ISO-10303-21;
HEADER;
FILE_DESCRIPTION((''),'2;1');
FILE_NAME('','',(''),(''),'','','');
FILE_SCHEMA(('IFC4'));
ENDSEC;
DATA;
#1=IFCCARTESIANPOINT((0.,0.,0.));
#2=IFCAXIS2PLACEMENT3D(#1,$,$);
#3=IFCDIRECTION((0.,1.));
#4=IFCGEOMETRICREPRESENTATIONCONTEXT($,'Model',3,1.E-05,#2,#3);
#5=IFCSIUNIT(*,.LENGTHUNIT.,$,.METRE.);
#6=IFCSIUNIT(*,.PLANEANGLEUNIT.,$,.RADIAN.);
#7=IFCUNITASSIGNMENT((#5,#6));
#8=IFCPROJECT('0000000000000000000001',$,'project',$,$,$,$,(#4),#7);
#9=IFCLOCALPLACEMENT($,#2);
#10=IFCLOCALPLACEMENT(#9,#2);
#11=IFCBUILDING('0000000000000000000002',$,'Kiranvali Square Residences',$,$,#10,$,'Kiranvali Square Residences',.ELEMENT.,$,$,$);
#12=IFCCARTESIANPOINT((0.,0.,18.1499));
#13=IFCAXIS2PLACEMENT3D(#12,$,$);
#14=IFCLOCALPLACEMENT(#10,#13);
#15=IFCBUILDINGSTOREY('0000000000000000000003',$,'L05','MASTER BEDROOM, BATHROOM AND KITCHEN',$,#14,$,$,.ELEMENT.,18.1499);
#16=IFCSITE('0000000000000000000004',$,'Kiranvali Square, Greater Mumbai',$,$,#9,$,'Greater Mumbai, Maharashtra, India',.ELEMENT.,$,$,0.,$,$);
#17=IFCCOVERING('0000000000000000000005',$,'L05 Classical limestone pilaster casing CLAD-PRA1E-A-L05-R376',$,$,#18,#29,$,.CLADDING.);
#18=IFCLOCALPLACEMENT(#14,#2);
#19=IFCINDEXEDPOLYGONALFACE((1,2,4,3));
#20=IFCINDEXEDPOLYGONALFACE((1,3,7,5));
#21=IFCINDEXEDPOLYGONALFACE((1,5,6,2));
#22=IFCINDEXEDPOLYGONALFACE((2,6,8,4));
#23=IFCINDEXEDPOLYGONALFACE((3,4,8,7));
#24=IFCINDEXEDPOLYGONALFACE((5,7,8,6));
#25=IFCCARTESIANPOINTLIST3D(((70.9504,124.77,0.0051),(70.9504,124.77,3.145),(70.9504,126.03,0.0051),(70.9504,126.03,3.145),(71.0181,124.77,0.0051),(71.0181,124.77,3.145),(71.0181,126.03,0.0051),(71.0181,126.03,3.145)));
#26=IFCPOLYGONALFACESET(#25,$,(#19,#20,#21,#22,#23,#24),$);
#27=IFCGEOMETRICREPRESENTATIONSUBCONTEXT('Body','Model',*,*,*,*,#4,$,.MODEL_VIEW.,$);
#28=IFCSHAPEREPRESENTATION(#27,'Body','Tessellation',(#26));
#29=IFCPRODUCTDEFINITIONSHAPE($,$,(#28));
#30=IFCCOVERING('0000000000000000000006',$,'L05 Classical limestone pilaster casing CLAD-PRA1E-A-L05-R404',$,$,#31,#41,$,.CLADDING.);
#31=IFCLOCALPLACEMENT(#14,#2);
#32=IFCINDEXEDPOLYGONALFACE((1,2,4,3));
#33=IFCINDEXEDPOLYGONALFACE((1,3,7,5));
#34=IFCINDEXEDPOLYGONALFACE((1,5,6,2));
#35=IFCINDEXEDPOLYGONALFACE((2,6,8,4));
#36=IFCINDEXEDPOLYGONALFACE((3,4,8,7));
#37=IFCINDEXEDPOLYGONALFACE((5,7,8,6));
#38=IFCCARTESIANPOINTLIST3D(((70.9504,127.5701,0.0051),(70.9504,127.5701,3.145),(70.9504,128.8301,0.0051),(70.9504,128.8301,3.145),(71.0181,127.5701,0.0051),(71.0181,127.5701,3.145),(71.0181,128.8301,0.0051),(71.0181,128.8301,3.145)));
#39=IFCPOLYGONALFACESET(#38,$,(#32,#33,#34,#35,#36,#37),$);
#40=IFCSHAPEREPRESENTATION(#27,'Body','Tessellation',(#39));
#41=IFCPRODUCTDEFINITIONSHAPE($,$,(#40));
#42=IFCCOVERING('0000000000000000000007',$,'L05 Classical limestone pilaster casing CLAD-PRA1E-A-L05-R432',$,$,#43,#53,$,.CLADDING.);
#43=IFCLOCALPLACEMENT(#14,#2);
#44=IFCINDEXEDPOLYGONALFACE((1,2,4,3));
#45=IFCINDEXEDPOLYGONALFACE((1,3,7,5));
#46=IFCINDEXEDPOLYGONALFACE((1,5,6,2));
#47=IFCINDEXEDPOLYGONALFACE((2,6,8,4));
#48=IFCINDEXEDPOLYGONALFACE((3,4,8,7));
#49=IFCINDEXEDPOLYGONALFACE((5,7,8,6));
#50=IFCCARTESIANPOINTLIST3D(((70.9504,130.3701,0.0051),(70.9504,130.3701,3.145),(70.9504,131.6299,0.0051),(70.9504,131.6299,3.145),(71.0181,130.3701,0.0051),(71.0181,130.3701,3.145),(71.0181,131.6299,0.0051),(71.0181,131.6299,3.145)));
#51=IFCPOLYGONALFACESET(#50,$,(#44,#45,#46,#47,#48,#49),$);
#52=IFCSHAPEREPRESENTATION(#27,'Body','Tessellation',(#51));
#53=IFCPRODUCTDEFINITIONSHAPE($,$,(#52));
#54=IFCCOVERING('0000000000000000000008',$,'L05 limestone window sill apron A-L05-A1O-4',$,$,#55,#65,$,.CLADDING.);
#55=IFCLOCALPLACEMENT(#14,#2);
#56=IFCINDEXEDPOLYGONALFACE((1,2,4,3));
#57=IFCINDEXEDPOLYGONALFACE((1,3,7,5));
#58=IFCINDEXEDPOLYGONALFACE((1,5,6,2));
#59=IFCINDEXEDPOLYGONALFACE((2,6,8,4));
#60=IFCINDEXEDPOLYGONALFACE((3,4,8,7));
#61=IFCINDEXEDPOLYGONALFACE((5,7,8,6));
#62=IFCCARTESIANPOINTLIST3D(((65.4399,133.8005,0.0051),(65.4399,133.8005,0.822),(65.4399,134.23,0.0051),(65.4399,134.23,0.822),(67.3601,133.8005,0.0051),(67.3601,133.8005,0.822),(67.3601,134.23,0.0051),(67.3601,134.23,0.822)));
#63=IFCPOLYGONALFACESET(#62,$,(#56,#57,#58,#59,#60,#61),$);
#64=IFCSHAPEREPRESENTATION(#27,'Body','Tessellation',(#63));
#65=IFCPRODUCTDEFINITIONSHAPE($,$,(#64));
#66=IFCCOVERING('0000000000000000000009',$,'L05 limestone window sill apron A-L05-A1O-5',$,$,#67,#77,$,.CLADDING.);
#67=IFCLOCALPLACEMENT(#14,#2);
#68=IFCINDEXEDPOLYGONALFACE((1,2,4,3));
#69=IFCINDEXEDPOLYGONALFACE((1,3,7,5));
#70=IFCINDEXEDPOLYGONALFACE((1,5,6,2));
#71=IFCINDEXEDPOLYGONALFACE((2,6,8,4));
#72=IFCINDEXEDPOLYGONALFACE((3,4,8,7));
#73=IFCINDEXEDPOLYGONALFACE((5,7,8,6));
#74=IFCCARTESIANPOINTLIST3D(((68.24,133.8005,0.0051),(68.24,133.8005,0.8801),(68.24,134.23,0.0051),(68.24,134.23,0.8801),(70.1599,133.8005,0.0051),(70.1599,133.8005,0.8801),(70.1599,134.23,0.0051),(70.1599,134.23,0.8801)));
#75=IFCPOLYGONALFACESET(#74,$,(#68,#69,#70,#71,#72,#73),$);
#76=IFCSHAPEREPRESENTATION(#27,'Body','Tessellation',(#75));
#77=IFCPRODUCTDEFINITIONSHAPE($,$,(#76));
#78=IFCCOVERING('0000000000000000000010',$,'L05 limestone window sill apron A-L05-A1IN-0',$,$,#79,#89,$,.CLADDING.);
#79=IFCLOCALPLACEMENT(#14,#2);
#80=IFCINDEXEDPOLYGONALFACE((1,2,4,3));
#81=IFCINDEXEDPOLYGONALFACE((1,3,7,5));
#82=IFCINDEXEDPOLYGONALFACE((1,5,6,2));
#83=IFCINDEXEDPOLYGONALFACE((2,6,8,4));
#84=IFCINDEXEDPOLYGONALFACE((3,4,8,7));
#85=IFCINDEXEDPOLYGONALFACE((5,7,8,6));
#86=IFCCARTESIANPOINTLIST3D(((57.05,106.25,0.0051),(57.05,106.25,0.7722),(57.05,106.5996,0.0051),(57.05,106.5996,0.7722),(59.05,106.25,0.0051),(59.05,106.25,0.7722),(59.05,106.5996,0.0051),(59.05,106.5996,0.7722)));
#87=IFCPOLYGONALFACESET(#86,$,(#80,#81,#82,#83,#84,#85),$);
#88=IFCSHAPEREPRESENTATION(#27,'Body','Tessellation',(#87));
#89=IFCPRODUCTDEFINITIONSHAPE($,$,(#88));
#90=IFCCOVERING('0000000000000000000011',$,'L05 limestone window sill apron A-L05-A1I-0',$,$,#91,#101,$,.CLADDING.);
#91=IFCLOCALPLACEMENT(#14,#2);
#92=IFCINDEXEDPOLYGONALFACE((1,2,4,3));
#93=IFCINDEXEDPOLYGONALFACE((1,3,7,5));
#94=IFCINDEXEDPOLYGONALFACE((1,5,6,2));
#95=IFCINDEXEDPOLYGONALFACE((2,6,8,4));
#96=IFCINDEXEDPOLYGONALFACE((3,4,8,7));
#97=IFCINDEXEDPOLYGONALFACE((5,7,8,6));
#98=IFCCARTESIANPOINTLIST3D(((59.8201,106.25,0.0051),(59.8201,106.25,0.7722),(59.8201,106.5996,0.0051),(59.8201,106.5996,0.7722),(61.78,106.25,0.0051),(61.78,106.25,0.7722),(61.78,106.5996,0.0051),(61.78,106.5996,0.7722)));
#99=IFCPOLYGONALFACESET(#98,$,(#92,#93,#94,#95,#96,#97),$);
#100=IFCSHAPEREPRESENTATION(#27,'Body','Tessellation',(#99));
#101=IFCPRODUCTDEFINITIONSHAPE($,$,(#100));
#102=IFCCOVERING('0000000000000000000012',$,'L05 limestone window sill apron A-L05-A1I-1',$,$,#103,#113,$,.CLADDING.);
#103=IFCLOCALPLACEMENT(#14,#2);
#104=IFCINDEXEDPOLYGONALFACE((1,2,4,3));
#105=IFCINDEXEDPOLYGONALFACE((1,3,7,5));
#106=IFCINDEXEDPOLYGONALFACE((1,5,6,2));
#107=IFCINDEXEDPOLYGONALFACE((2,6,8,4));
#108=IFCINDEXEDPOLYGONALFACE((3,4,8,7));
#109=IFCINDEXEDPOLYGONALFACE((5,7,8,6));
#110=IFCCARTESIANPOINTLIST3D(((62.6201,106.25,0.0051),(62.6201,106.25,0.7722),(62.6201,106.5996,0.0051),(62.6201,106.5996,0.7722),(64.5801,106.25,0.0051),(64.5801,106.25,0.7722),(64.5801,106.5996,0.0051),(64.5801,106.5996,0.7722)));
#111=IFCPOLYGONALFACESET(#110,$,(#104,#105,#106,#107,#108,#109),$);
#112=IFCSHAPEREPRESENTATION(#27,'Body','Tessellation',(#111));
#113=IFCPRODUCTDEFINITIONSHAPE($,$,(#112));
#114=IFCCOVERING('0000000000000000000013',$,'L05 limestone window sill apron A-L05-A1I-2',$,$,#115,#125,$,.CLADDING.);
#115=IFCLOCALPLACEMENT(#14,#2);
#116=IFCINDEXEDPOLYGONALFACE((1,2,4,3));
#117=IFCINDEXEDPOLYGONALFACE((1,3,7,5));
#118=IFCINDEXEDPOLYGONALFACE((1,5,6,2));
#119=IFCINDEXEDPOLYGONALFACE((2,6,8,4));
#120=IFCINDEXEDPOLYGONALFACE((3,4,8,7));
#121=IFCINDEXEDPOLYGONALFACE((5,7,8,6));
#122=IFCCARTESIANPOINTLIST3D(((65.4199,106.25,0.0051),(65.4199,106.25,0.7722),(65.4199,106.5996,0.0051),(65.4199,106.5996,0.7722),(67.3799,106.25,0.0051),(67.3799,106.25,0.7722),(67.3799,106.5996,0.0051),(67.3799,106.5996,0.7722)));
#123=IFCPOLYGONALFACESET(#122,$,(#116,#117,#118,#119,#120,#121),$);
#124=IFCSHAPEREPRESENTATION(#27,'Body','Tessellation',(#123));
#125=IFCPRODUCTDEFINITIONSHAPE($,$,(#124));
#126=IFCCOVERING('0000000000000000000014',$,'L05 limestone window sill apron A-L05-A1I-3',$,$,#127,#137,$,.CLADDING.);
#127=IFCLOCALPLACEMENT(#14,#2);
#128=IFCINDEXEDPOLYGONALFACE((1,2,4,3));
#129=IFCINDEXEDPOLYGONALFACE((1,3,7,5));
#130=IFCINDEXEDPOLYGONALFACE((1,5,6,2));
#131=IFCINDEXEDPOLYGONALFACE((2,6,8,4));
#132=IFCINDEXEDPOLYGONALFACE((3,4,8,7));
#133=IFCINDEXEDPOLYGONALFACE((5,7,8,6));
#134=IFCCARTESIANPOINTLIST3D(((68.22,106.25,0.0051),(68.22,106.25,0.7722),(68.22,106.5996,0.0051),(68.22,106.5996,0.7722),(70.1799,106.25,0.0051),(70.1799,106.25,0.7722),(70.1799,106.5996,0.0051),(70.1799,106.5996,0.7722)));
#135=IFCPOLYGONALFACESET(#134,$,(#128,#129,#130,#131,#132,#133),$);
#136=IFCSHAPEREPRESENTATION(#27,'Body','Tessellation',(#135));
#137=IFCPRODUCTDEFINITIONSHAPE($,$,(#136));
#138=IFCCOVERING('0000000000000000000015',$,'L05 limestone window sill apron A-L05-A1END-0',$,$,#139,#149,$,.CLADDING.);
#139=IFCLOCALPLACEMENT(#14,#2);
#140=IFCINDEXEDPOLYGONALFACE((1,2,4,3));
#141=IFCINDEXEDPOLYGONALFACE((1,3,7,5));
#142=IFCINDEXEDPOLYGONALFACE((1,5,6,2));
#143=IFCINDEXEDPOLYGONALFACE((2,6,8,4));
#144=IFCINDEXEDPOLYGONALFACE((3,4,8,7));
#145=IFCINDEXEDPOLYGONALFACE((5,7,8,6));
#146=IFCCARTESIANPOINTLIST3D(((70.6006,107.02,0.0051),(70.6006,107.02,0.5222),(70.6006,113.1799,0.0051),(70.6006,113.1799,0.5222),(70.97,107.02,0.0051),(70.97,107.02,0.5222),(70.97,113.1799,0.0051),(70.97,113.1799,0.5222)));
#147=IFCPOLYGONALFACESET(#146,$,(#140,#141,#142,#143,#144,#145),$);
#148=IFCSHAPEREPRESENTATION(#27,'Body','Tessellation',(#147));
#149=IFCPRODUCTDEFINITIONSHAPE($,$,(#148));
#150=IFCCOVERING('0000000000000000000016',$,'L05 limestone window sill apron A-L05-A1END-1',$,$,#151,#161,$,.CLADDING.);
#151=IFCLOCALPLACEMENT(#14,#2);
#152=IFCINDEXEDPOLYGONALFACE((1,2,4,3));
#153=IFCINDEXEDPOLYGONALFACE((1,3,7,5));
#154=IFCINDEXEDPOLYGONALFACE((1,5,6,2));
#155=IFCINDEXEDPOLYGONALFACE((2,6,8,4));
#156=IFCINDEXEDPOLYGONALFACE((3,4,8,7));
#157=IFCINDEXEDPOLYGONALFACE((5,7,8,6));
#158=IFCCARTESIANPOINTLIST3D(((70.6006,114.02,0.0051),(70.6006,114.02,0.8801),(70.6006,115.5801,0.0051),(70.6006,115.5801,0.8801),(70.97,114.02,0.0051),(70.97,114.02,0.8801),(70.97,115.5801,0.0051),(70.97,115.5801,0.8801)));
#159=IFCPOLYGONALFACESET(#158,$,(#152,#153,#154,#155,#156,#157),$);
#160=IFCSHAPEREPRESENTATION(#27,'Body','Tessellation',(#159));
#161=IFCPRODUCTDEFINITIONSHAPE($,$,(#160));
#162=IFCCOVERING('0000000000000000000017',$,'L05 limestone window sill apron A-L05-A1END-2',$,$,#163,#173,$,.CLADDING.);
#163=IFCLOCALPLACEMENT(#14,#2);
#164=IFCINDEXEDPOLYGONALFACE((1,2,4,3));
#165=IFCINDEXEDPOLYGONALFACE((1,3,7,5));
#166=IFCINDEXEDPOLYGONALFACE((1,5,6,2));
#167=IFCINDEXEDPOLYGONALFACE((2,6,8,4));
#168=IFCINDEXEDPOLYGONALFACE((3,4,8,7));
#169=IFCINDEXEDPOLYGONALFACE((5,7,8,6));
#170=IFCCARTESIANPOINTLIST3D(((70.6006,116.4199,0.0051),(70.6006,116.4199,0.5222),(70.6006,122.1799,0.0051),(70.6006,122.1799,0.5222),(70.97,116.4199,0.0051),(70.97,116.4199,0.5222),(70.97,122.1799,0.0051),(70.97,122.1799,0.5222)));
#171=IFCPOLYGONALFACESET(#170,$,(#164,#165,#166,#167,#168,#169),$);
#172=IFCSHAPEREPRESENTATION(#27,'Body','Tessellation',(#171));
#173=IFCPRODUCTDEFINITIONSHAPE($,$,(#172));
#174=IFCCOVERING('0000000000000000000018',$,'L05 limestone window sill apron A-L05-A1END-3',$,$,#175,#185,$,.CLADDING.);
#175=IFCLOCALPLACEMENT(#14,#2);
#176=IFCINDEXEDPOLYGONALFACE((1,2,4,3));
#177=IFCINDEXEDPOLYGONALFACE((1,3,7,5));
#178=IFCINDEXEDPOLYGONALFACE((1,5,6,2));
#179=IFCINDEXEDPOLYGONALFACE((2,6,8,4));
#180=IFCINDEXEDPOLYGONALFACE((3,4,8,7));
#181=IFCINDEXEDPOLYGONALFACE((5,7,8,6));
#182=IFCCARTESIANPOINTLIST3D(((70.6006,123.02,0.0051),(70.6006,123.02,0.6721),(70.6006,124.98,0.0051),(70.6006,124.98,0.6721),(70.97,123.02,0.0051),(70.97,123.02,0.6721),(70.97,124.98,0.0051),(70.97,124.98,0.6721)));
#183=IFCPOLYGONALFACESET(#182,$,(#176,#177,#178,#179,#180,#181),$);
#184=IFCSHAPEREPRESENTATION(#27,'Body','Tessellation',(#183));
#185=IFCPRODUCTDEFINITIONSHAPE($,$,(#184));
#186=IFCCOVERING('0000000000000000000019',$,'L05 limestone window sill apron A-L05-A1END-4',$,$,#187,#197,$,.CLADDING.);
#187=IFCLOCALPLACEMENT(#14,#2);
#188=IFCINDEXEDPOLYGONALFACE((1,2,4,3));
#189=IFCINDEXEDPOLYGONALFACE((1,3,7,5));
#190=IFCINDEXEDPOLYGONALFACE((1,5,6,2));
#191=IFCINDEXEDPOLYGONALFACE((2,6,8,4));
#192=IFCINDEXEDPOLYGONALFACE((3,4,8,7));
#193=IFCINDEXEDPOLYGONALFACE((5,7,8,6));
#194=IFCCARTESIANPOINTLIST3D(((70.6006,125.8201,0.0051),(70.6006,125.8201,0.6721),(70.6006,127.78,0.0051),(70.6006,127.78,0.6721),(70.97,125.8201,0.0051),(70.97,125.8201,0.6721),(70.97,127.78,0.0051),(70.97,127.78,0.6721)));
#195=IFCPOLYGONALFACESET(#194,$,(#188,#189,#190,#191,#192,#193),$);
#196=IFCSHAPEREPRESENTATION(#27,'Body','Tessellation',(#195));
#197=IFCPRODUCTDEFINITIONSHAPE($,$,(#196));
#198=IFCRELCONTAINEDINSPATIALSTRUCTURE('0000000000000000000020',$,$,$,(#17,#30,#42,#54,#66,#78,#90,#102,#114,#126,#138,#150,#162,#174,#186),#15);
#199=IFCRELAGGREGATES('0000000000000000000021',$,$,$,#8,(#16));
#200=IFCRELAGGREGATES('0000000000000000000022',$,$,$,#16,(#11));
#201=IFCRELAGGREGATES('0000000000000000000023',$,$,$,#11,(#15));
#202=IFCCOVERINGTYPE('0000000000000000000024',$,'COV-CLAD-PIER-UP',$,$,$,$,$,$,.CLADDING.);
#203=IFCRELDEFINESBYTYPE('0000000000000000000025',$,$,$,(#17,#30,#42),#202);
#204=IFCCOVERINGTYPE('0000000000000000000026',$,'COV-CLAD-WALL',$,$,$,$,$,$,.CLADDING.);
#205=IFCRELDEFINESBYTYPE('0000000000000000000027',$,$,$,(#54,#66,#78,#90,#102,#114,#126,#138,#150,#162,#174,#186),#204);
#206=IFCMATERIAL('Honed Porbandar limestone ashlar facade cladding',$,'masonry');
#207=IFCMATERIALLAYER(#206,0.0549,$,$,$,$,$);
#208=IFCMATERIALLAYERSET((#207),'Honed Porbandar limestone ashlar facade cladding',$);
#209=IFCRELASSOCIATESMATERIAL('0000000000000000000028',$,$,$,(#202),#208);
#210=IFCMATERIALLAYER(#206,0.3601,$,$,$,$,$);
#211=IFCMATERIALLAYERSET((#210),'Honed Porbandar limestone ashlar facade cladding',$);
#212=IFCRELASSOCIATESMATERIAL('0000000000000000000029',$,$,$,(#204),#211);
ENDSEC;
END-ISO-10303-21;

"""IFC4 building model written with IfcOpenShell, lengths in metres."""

from ifc_helpers import new_model, si_unit, direction, frame, origin, place, context, subcontext, project, spatial, polyline, outline, extrude, material, layer, layer_set, type_object, element, save


model = new_model("IFC4")

# Units and contexts
model_context = context("Model", 3, precision=1e-05, world=origin(), true_north=direction((0.0, 1.0)))
body_context = subcontext(model_context, "Body", "Model", "MODEL_VIEW")
ifc_project = project(units=[si_unit("LENGTHUNIT", "METRE"), si_unit("PLANEANGLEUNIT", "RADIAN")], contexts=[model_context])

# Site, building, storey
site_placement = place(None, origin())
site = spatial("IfcSite", under=ifc_project, at=site_placement, Name="Kiranvali Square, Greater Mumbai", LongName="Greater Mumbai, Maharashtra, India", CompositionType="ELEMENT", RefElevation=0.0)
building_placement = place(site_placement, origin())
building = spatial("IfcBuilding", under=site, at=building_placement, Name="Kiranvali Square Residences", LongName="Kiranvali Square Residences", CompositionType="ELEMENT")
storey_placement = place(building_placement, frame((0.0, 0.0, 18.1499)))
storey = spatial("IfcBuildingStorey", under=building, at=storey_placement, Name="L05", Description="MASTER BEDROOM, BATHROOM AND KITCHEN", CompositionType="ELEMENT", Elevation=18.1499)

# Coverings
ifc_material = material(Name="Honed Porbandar limestone ashlar facade cladding", Category="masonry")
ifc_layer_1 = layer(ifc_material, 0.0549)
ifc_layer_set_1 = layer_set([ifc_layer_1], Name="Honed Porbandar limestone ashlar facade cladding")
covering_type_1 = type_object("IfcCoveringType", Name="COV-CLAD-PIER-UP", PredefinedType="CLADDING", material=ifc_layer_set_1)
covering_1_placement = place(storey_placement, frame((0.0, 0.0, 0.0051)))
element("IfcCovering", 1, at=covering_1_placement, inside=storey, type_object=covering_type_1, Name="L05 Classical limestone pilaster casing CLAD-PRA1E-A-L05-R376", PredefinedType="CLADDING", context=body_context, shape_type="SweptSolid", body=[
    extrude(outline(polyline([(71.0181, 124.77), (71.0181, 126.03), (70.9504, 126.03), (70.9504, 124.77), (71.0181, 124.77)])), origin(), (0.0, 0.0, 1.0), 3.1399),
])
covering_2_placement = place(storey_placement, frame((0.0, 0.0, 0.0051)))
element("IfcCovering", 2, at=covering_2_placement, inside=storey, type_object=covering_type_1, Name="L05 Classical limestone pilaster casing CLAD-PRA1E-A-L05-R404", PredefinedType="CLADDING", context=body_context, shape_type="SweptSolid", body=[
    extrude(outline(polyline([(71.0181, 127.5701), (71.0181, 128.8301), (70.9504, 128.8301), (70.9504, 127.5701), (71.0181, 127.5701)])), origin(), (0.0, 0.0, 1.0), 3.1399),
])
covering_3_placement = place(storey_placement, frame((0.0, 0.0, 0.0051)))
element("IfcCovering", 3, at=covering_3_placement, inside=storey, type_object=covering_type_1, Name="L05 Classical limestone pilaster casing CLAD-PRA1E-A-L05-R432", PredefinedType="CLADDING", context=body_context, shape_type="SweptSolid", body=[
    extrude(outline(polyline([(71.0181, 130.3701), (71.0181, 131.6299), (70.9504, 131.6299), (70.9504, 130.3701), (71.0181, 130.3701)])), origin(), (0.0, 0.0, 1.0), 3.1399),
])
ifc_layer_2 = layer(ifc_material, 0.3601)
ifc_layer_set_2 = layer_set([ifc_layer_2], Name="Honed Porbandar limestone ashlar facade cladding")
covering_type_2 = type_object("IfcCoveringType", Name="COV-CLAD-WALL", PredefinedType="CLADDING", material=ifc_layer_set_2)
covering_4_placement = place(storey_placement, frame((0.0, 0.0, 0.0051)))
element("IfcCovering", 4, at=covering_4_placement, inside=storey, type_object=covering_type_2, Name="L05 limestone window sill apron A-L05-A1O-4", PredefinedType="CLADDING", context=body_context, shape_type="SweptSolid", body=[
    extrude(outline(polyline([(65.4399, 133.8005), (67.3601, 133.8005), (67.3601, 134.23), (65.4399, 134.23), (65.4399, 133.8005)])), origin(), (0.0, 0.0, 1.0), 0.8169),
])
covering_5_placement = place(storey_placement, frame((0.0, 0.0, 0.0051)))
element("IfcCovering", 5, at=covering_5_placement, inside=storey, type_object=covering_type_2, Name="L05 limestone window sill apron A-L05-A1O-5", PredefinedType="CLADDING", context=body_context, shape_type="SweptSolid", body=[
    extrude(outline(polyline([(68.24, 133.8005), (70.1599, 133.8005), (70.1599, 134.23), (68.24, 134.23), (68.24, 133.8005)])), origin(), (0.0, 0.0, 1.0), 0.875),
])
covering_6_placement = place(storey_placement, frame((0.0, 0.0, 0.0051)))
element("IfcCovering", 6, at=covering_6_placement, inside=storey, type_object=covering_type_2, Name="L05 limestone window sill apron A-L05-A1IN-0", PredefinedType="CLADDING", context=body_context, shape_type="SweptSolid", body=[
    extrude(outline(polyline([(57.05, 106.25), (59.05, 106.25), (59.05, 106.5996), (57.05, 106.5996), (57.05, 106.25)])), origin(), (0.0, 0.0, 1.0), 0.7671),
])
covering_7_placement = place(storey_placement, frame((0.0, 0.0, 0.0051)))
element("IfcCovering", 7, at=covering_7_placement, inside=storey, type_object=covering_type_2, Name="L05 limestone window sill apron A-L05-A1I-0", PredefinedType="CLADDING", context=body_context, shape_type="SweptSolid", body=[
    extrude(outline(polyline([(59.8201, 106.25), (61.78, 106.25), (61.78, 106.5996), (59.8201, 106.5996), (59.8201, 106.25)])), origin(), (0.0, 0.0, 1.0), 0.7671),
])
covering_8_placement = place(storey_placement, frame((0.0, 0.0, 0.0051)))
element("IfcCovering", 8, at=covering_8_placement, inside=storey, type_object=covering_type_2, Name="L05 limestone window sill apron A-L05-A1I-1", PredefinedType="CLADDING", context=body_context, shape_type="SweptSolid", body=[
    extrude(outline(polyline([(62.6201, 106.25), (64.5801, 106.25), (64.5801, 106.5996), (62.6201, 106.5996), (62.6201, 106.25)])), origin(), (0.0, 0.0, 1.0), 0.7671),
])
covering_9_placement = place(storey_placement, frame((0.0, 0.0, 0.0051)))
element("IfcCovering", 9, at=covering_9_placement, inside=storey, type_object=covering_type_2, Name="L05 limestone window sill apron A-L05-A1I-2", PredefinedType="CLADDING", context=body_context, shape_type="SweptSolid", body=[
    extrude(outline(polyline([(65.4199, 106.25), (67.3799, 106.25), (67.3799, 106.5996), (65.4199, 106.5996), (65.4199, 106.25)])), origin(), (0.0, 0.0, 1.0), 0.7671),
])
covering_10_placement = place(storey_placement, frame((0.0, 0.0, 0.0051)))
element("IfcCovering", 10, at=covering_10_placement, inside=storey, type_object=covering_type_2, Name="L05 limestone window sill apron A-L05-A1I-3", PredefinedType="CLADDING", context=body_context, shape_type="SweptSolid", body=[
    extrude(outline(polyline([(68.22, 106.25), (70.1799, 106.25), (70.1799, 106.5996), (68.22, 106.5996), (68.22, 106.25)])), origin(), (0.0, 0.0, 1.0), 0.7671),
])
covering_11_placement = place(storey_placement, frame((0.0, 0.0, 0.0051)))
element("IfcCovering", 11, at=covering_11_placement, inside=storey, type_object=covering_type_2, Name="L05 limestone window sill apron A-L05-A1END-0", PredefinedType="CLADDING", context=body_context, shape_type="SweptSolid", body=[
    extrude(outline(polyline([(70.97, 107.02), (70.97, 113.1799), (70.6006, 113.1799), (70.6006, 107.02), (70.97, 107.02)])), origin(), (0.0, 0.0, 1.0), 0.5171),
])
covering_12_placement = place(storey_placement, frame((0.0, 0.0, 0.0051)))
element("IfcCovering", 12, at=covering_12_placement, inside=storey, type_object=covering_type_2, Name="L05 limestone window sill apron A-L05-A1END-1", PredefinedType="CLADDING", context=body_context, shape_type="SweptSolid", body=[
    extrude(outline(polyline([(70.97, 114.02), (70.97, 115.5801), (70.6006, 115.5801), (70.6006, 114.02), (70.97, 114.02)])), origin(), (0.0, 0.0, 1.0), 0.875),
])
covering_13_placement = place(storey_placement, frame((0.0, 0.0, 0.0051)))
element("IfcCovering", 13, at=covering_13_placement, inside=storey, type_object=covering_type_2, Name="L05 limestone window sill apron A-L05-A1END-2", PredefinedType="CLADDING", context=body_context, shape_type="SweptSolid", body=[
    extrude(outline(polyline([(70.97, 116.4199), (70.97, 122.1799), (70.6006, 122.1799), (70.6006, 116.4199), (70.97, 116.4199)])), origin(), (0.0, 0.0, 1.0), 0.5171),
])
covering_14_placement = place(storey_placement, frame((0.0, 0.0, 0.0051)))
element("IfcCovering", 14, at=covering_14_placement, inside=storey, type_object=covering_type_2, Name="L05 limestone window sill apron A-L05-A1END-3", PredefinedType="CLADDING", context=body_context, shape_type="SweptSolid", body=[
    extrude(outline(polyline([(70.97, 123.02), (70.97, 124.98), (70.6006, 124.98), (70.6006, 123.02), (70.97, 123.02)])), origin(), (0.0, 0.0, 1.0), 0.667),
])
covering_15_placement = place(storey_placement, frame((0.0, 0.0, 0.0051)))
element("IfcCovering", 15, at=covering_15_placement, inside=storey, type_object=covering_type_2, Name="L05 limestone window sill apron A-L05-A1END-4", PredefinedType="CLADDING", context=body_context, shape_type="SweptSolid", body=[
    extrude(outline(polyline([(70.97, 125.8201), (70.97, 127.78), (70.6006, 127.78), (70.6006, 125.8201), (70.97, 125.8201)])), origin(), (0.0, 0.0, 1.0), 0.667),
])

save(model, "model.ifc")
